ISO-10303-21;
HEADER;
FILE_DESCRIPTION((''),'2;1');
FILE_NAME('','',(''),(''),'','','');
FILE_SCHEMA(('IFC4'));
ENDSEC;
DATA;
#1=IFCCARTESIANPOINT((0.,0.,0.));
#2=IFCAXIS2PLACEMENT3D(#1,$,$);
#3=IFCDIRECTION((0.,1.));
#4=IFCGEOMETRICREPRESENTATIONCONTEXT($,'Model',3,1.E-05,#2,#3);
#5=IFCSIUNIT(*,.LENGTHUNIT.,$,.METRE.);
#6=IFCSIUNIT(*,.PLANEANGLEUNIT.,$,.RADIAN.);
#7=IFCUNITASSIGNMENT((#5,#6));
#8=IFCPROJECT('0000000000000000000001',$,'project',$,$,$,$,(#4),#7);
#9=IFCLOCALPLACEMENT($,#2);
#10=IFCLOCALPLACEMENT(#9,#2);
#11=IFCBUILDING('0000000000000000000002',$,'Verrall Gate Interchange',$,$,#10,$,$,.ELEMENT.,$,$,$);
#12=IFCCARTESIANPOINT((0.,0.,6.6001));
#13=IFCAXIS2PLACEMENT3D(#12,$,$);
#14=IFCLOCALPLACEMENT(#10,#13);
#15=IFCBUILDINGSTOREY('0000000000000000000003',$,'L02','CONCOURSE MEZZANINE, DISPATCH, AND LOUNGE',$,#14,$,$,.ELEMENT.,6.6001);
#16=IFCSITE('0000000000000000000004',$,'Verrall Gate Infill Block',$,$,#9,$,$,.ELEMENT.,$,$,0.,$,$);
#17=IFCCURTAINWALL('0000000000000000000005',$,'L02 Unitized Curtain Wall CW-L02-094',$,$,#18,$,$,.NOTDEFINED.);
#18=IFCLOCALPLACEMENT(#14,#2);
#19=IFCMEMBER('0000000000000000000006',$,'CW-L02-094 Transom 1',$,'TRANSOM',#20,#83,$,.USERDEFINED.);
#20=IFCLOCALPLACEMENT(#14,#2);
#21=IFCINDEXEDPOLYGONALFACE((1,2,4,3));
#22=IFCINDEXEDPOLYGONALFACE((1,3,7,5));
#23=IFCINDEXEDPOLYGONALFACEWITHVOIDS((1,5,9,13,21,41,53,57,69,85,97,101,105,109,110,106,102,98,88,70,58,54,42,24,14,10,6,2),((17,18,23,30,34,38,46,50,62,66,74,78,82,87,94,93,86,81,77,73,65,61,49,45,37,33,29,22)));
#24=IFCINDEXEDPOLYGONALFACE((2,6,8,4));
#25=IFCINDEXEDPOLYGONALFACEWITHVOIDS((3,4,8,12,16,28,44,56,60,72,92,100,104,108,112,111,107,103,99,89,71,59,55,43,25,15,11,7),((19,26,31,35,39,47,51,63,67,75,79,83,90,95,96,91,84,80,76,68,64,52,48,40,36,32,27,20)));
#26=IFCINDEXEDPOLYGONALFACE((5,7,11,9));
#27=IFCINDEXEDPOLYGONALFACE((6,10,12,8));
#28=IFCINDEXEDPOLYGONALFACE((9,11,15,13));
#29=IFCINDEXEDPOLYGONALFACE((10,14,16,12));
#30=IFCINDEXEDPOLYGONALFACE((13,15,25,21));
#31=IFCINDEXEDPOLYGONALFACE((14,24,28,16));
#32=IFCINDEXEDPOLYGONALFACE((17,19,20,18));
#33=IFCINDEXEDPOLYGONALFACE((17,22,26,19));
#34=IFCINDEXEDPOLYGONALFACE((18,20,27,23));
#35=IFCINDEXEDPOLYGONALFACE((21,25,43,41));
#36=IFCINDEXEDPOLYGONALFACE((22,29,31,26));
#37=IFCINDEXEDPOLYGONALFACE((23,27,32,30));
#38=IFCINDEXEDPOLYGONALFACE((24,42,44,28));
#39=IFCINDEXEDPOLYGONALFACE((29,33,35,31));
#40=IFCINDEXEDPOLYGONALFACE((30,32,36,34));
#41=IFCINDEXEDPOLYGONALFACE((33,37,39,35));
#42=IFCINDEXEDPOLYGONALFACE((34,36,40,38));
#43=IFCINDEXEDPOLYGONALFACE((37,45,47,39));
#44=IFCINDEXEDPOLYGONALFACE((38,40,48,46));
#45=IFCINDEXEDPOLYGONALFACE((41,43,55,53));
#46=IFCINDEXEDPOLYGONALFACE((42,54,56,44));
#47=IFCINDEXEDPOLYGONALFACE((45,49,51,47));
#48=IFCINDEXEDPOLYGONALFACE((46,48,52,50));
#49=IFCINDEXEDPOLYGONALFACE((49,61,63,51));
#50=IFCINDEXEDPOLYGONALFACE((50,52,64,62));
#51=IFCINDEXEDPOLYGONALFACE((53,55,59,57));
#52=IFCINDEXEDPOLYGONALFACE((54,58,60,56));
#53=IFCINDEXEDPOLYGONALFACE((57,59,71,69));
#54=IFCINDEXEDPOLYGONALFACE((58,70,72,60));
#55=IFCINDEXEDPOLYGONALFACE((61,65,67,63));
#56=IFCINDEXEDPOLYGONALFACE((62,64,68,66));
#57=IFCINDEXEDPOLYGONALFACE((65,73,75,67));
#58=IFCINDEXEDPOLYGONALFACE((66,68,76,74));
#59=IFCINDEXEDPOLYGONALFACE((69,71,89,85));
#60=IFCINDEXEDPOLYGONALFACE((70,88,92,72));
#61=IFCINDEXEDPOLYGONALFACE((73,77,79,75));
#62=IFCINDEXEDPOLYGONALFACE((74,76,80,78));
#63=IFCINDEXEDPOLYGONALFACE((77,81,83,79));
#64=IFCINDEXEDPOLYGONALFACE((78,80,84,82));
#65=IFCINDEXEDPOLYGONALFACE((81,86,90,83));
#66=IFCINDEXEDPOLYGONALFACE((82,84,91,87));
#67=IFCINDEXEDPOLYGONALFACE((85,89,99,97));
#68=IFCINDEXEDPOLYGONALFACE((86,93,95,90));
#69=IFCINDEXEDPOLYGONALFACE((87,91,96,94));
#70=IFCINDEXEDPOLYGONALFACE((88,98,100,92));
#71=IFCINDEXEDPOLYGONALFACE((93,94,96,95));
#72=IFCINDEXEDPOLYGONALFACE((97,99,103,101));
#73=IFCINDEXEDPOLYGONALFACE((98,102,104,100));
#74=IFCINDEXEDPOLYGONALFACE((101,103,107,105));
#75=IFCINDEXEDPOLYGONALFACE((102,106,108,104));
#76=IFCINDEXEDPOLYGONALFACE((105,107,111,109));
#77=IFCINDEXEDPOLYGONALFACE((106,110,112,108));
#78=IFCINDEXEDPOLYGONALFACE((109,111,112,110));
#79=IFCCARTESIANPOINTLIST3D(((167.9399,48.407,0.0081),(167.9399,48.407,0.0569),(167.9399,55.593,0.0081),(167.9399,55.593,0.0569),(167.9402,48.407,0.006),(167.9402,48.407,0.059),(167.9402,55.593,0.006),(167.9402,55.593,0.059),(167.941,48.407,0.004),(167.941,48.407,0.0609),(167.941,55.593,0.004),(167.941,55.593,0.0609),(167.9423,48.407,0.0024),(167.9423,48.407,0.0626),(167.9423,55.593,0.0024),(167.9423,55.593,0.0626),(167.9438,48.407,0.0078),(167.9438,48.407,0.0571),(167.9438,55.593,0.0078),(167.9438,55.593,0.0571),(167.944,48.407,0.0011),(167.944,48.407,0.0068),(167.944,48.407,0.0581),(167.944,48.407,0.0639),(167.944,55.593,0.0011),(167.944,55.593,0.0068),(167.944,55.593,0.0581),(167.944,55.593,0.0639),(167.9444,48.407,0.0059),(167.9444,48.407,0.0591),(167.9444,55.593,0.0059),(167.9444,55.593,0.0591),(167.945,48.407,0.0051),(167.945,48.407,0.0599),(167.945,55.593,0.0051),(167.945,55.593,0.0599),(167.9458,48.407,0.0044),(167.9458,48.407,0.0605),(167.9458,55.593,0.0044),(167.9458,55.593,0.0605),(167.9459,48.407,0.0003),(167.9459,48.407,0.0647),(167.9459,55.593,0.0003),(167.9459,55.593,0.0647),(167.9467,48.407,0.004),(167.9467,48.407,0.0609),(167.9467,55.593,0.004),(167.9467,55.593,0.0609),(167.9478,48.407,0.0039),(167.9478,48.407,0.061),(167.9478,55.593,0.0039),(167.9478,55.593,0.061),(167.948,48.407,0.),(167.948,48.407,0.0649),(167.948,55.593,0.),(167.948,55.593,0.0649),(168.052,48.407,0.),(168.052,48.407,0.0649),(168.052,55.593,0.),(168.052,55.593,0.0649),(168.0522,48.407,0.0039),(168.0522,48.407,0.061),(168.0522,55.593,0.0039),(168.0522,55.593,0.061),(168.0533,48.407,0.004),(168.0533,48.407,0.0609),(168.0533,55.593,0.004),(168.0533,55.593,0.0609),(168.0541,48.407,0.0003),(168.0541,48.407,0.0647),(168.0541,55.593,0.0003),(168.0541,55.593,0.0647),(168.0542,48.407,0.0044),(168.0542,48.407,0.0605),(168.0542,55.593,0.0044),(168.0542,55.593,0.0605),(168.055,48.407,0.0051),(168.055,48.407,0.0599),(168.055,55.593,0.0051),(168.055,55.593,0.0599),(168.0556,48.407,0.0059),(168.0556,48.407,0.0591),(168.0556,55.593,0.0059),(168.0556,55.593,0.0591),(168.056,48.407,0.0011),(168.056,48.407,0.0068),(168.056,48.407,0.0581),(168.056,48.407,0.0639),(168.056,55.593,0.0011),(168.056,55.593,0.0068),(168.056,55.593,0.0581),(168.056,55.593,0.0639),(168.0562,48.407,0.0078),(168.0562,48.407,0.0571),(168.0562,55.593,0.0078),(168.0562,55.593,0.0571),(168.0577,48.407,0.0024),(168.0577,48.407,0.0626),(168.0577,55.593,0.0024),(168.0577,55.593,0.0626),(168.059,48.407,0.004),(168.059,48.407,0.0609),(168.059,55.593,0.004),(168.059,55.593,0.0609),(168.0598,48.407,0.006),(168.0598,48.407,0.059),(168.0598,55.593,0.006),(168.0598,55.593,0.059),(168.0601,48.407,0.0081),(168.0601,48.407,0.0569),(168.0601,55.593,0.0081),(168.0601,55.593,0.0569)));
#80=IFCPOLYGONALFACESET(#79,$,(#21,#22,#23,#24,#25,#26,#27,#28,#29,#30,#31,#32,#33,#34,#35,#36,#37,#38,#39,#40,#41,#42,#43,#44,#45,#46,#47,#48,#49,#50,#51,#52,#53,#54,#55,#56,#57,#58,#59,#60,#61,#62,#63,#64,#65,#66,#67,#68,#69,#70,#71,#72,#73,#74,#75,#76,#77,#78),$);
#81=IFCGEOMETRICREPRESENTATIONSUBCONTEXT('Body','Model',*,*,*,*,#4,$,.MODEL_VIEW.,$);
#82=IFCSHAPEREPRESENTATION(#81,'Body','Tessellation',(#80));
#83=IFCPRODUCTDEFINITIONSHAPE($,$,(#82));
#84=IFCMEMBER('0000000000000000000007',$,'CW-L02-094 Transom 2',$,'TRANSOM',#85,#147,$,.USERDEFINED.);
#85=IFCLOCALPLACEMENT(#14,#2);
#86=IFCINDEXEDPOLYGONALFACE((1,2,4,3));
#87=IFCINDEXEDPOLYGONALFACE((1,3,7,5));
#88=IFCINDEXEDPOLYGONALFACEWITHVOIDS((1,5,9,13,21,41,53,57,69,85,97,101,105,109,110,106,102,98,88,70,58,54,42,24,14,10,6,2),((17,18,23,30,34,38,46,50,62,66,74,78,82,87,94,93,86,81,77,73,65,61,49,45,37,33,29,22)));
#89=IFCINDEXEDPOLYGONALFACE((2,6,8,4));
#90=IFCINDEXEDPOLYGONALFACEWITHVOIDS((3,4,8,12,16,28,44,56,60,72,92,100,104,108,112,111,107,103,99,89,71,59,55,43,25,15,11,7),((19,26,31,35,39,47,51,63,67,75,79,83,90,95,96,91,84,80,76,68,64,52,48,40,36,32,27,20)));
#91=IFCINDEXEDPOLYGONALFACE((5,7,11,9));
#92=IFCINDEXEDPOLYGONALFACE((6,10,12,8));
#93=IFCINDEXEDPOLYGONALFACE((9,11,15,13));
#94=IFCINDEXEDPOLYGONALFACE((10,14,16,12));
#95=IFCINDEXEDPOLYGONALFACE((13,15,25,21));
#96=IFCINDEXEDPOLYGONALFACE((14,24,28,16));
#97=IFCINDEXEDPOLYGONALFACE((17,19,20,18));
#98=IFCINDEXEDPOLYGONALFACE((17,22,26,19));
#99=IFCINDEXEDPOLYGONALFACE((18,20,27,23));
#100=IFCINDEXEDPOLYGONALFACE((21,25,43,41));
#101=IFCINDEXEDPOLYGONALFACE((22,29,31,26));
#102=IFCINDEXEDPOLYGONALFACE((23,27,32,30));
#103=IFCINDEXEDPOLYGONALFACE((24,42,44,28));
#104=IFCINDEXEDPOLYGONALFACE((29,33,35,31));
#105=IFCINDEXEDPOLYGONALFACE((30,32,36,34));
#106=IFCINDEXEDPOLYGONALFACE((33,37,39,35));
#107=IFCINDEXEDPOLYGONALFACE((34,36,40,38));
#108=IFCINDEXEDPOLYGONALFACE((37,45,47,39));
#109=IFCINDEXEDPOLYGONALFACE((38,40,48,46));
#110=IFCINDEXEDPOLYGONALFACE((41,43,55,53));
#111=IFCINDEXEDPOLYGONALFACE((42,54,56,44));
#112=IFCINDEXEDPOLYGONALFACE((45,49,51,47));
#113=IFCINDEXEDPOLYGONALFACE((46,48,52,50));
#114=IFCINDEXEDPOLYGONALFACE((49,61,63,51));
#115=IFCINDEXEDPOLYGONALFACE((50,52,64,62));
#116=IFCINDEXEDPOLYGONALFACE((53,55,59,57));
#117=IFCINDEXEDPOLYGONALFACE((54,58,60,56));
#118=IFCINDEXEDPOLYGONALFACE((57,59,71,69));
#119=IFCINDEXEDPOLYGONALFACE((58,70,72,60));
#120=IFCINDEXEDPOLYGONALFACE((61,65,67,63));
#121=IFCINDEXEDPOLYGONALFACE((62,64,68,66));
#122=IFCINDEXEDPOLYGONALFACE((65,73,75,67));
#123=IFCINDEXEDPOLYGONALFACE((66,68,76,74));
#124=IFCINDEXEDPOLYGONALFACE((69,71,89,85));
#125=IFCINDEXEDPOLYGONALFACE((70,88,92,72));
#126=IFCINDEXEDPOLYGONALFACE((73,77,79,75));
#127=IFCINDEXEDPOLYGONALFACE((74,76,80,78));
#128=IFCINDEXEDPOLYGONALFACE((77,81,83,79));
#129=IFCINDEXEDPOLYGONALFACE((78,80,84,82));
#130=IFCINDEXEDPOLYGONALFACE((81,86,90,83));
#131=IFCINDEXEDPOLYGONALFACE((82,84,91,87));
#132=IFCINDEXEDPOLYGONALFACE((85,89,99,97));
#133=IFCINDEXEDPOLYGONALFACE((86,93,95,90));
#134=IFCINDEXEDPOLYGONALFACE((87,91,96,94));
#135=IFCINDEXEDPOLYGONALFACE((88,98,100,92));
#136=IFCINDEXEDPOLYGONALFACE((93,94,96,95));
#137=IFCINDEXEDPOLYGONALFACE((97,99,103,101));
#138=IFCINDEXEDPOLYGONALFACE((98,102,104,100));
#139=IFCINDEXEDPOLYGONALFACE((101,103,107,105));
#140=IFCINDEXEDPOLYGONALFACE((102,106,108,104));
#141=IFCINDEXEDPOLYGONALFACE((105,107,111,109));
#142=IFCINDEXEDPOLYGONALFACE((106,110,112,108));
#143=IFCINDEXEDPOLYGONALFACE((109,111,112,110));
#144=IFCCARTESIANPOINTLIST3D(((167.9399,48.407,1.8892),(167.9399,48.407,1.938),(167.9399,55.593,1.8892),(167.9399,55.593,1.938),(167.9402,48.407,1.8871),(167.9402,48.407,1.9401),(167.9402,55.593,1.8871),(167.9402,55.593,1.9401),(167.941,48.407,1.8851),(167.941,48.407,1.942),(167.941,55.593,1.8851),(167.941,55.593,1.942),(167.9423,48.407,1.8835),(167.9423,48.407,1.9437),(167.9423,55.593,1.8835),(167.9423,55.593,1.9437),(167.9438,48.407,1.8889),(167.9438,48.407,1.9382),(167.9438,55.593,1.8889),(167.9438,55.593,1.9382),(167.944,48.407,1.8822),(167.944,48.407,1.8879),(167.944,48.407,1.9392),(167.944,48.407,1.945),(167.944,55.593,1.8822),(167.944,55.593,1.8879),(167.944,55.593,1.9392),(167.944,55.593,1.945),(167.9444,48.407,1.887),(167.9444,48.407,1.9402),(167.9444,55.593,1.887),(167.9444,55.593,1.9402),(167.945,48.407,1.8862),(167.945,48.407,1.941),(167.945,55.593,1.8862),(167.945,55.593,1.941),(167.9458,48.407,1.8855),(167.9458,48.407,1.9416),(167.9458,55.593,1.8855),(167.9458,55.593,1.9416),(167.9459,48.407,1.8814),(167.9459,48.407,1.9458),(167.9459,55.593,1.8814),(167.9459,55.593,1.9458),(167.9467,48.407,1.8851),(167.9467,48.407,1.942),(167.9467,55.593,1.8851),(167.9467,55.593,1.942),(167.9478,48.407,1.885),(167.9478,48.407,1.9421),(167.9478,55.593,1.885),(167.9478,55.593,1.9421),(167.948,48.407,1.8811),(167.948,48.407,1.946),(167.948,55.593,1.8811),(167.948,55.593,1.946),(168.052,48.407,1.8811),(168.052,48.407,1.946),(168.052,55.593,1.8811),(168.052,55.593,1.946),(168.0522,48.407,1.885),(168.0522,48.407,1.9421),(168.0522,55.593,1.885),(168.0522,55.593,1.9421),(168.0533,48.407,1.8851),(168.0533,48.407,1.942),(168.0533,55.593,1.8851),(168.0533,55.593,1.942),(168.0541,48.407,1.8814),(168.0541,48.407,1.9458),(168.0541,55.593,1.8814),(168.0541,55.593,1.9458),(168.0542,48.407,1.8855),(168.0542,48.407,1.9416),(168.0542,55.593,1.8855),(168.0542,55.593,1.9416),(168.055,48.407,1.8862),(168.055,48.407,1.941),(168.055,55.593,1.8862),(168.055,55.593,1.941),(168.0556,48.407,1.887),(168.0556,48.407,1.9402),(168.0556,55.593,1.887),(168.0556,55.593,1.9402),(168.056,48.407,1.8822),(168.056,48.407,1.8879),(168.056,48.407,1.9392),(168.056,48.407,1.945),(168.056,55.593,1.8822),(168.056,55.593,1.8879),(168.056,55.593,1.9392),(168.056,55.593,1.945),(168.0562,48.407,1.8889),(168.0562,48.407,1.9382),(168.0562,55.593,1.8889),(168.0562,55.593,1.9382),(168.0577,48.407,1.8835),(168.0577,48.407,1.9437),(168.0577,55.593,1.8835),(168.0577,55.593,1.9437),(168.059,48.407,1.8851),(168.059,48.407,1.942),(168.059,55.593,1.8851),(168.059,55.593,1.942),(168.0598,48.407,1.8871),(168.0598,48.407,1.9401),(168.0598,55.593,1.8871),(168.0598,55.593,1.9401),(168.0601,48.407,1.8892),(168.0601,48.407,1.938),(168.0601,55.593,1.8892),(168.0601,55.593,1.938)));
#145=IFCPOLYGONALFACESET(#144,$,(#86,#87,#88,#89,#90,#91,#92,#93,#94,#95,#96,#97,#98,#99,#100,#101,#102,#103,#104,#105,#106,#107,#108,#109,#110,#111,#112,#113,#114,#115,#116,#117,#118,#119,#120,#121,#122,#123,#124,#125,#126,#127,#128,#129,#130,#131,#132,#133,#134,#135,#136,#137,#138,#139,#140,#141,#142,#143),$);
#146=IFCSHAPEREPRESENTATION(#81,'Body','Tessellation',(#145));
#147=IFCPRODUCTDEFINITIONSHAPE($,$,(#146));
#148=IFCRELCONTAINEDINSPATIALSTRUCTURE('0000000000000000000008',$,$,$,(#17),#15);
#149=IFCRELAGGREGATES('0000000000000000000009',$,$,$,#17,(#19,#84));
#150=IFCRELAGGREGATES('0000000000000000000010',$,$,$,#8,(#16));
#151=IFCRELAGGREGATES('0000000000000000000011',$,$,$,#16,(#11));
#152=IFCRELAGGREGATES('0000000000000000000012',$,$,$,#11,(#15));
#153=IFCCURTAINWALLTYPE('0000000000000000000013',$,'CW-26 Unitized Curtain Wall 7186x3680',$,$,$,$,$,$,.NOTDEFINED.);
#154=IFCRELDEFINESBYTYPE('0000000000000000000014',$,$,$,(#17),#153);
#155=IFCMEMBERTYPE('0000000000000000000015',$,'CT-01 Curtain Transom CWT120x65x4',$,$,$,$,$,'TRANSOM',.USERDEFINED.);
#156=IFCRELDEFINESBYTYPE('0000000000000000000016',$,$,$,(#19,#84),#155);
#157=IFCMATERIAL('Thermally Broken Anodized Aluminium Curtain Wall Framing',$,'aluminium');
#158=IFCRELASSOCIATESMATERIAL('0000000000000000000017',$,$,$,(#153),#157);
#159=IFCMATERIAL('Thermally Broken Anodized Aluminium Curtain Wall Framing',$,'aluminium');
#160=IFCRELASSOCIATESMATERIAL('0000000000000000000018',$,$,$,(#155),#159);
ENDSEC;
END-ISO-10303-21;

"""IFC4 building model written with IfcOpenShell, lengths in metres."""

from ifc_helpers import new_model, si_unit, direction, frame, origin, origin_2d, place, context, subcontext, project, spatial, hollow_rectangle, extrude, material, material_profile, profile_set, type_object, element, aggregate, save


model = new_model("IFC4")

# Units and contexts
model_context = context("Model", 3, precision=1e-05, world=origin(), true_north=direction((0.0, 1.0)))
body_context = subcontext(model_context, "Body", "Model", "MODEL_VIEW")
ifc_project = project(units=[si_unit("LENGTHUNIT", "METRE"), si_unit("PLANEANGLEUNIT", "RADIAN")], contexts=[model_context])

# Site, building, storey
site_placement = place(None, origin())
site = spatial("IfcSite", under=ifc_project, at=site_placement, Name="Verrall Gate Infill Block", CompositionType="ELEMENT", RefElevation=0.0)
building_placement = place(site_placement, origin())
building = spatial("IfcBuilding", under=site, at=building_placement, Name="Verrall Gate Interchange", CompositionType="ELEMENT")
storey_placement = place(building_placement, frame((0.0, 0.0, 6.6001)))
storey = spatial("IfcBuildingStorey", under=building, at=storey_placement, Name="L02", Description="CONCOURSE MEZZANINE, DISPATCH, AND LOUNGE", CompositionType="ELEMENT", Elevation=6.6001)

# Curtain wall, members
ifc_material_1 = material(Name="Thermally Broken Anodized Aluminium Curtain Wall Framing", Category="aluminium")
curtain_wall_type = type_object("IfcCurtainWallType", Name="CW-26 Unitized Curtain Wall 7186x3680", PredefinedType="NOTDEFINED", material=ifc_material_1)
curtain_wall_placement = place(storey_placement, origin())
curtain_wall = element("IfcCurtainWall", 1, at=curtain_wall_placement, inside=storey, type_object=curtain_wall_type, Name="L02 Unitized Curtain Wall CW-L02-094", PredefinedType="NOTDEFINED")
ifc_material_2 = material(Name="Thermally Broken Anodized Aluminium Curtain Wall Framing", Category="aluminium")
ifc_material_profile_1 = material_profile(ifc_material_2, hollow_rectangle(XDim=0.1201, YDim=0.0649, WallThickness=0.0039, InnerFilletRadius=0.0039, OuterFilletRadius=0.0081, at=origin_2d()), Name="CWT120x65x4")
ifc_profile_set_1 = profile_set([ifc_material_profile_1], Name="Thermally Broken Anodized Aluminium Curtain Wall Framing")
member_type_1 = type_object("IfcMemberType", Name="CT-01 Curtain Transom CWT120x65x4", ElementType="TRANSOM", PredefinedType="USERDEFINED", material=ifc_profile_set_1)
member_1_placement = place(storey_placement, frame((168.0, 48.407, 0.0325), z_axis=(0.0, 1.0, 0.0), x_axis=(-1.0, 0.0, 0.0)))
member_1 = element("IfcMember", 2, at=member_1_placement, type_object=member_type_1, Name="CW-L02-094 Transom 1", ObjectType="TRANSOM", PredefinedType="USERDEFINED", context=body_context, shape_type="SweptSolid", body=[
    extrude(hollow_rectangle(XDim=0.1201, YDim=0.0649, WallThickness=0.0039, InnerFilletRadius=0.0039, OuterFilletRadius=0.0081, at=origin_2d()), origin(), (0.0, 0.0, 1.0), 7.186),
])
member_2_placement = place(storey_placement, frame((168.0, 48.407, 1.9136), z_axis=(0.0, 1.0, 0.0), x_axis=(-1.0, 0.0, 0.0)))
member_2 = element("IfcMember", 3, at=member_2_placement, type_object=member_type_1, Name="CW-L02-094 Transom 2", ObjectType="TRANSOM", PredefinedType="USERDEFINED", context=body_context, shape_type="SweptSolid", body=[
    extrude(hollow_rectangle(XDim=0.1201, YDim=0.0649, WallThickness=0.0039, InnerFilletRadius=0.0039, OuterFilletRadius=0.0081, at=origin_2d()), origin(), (0.0, 0.0, 1.0), 7.186),
])

aggregate(curtain_wall, [member_1, member_2])

save(model, "model.ifc")
